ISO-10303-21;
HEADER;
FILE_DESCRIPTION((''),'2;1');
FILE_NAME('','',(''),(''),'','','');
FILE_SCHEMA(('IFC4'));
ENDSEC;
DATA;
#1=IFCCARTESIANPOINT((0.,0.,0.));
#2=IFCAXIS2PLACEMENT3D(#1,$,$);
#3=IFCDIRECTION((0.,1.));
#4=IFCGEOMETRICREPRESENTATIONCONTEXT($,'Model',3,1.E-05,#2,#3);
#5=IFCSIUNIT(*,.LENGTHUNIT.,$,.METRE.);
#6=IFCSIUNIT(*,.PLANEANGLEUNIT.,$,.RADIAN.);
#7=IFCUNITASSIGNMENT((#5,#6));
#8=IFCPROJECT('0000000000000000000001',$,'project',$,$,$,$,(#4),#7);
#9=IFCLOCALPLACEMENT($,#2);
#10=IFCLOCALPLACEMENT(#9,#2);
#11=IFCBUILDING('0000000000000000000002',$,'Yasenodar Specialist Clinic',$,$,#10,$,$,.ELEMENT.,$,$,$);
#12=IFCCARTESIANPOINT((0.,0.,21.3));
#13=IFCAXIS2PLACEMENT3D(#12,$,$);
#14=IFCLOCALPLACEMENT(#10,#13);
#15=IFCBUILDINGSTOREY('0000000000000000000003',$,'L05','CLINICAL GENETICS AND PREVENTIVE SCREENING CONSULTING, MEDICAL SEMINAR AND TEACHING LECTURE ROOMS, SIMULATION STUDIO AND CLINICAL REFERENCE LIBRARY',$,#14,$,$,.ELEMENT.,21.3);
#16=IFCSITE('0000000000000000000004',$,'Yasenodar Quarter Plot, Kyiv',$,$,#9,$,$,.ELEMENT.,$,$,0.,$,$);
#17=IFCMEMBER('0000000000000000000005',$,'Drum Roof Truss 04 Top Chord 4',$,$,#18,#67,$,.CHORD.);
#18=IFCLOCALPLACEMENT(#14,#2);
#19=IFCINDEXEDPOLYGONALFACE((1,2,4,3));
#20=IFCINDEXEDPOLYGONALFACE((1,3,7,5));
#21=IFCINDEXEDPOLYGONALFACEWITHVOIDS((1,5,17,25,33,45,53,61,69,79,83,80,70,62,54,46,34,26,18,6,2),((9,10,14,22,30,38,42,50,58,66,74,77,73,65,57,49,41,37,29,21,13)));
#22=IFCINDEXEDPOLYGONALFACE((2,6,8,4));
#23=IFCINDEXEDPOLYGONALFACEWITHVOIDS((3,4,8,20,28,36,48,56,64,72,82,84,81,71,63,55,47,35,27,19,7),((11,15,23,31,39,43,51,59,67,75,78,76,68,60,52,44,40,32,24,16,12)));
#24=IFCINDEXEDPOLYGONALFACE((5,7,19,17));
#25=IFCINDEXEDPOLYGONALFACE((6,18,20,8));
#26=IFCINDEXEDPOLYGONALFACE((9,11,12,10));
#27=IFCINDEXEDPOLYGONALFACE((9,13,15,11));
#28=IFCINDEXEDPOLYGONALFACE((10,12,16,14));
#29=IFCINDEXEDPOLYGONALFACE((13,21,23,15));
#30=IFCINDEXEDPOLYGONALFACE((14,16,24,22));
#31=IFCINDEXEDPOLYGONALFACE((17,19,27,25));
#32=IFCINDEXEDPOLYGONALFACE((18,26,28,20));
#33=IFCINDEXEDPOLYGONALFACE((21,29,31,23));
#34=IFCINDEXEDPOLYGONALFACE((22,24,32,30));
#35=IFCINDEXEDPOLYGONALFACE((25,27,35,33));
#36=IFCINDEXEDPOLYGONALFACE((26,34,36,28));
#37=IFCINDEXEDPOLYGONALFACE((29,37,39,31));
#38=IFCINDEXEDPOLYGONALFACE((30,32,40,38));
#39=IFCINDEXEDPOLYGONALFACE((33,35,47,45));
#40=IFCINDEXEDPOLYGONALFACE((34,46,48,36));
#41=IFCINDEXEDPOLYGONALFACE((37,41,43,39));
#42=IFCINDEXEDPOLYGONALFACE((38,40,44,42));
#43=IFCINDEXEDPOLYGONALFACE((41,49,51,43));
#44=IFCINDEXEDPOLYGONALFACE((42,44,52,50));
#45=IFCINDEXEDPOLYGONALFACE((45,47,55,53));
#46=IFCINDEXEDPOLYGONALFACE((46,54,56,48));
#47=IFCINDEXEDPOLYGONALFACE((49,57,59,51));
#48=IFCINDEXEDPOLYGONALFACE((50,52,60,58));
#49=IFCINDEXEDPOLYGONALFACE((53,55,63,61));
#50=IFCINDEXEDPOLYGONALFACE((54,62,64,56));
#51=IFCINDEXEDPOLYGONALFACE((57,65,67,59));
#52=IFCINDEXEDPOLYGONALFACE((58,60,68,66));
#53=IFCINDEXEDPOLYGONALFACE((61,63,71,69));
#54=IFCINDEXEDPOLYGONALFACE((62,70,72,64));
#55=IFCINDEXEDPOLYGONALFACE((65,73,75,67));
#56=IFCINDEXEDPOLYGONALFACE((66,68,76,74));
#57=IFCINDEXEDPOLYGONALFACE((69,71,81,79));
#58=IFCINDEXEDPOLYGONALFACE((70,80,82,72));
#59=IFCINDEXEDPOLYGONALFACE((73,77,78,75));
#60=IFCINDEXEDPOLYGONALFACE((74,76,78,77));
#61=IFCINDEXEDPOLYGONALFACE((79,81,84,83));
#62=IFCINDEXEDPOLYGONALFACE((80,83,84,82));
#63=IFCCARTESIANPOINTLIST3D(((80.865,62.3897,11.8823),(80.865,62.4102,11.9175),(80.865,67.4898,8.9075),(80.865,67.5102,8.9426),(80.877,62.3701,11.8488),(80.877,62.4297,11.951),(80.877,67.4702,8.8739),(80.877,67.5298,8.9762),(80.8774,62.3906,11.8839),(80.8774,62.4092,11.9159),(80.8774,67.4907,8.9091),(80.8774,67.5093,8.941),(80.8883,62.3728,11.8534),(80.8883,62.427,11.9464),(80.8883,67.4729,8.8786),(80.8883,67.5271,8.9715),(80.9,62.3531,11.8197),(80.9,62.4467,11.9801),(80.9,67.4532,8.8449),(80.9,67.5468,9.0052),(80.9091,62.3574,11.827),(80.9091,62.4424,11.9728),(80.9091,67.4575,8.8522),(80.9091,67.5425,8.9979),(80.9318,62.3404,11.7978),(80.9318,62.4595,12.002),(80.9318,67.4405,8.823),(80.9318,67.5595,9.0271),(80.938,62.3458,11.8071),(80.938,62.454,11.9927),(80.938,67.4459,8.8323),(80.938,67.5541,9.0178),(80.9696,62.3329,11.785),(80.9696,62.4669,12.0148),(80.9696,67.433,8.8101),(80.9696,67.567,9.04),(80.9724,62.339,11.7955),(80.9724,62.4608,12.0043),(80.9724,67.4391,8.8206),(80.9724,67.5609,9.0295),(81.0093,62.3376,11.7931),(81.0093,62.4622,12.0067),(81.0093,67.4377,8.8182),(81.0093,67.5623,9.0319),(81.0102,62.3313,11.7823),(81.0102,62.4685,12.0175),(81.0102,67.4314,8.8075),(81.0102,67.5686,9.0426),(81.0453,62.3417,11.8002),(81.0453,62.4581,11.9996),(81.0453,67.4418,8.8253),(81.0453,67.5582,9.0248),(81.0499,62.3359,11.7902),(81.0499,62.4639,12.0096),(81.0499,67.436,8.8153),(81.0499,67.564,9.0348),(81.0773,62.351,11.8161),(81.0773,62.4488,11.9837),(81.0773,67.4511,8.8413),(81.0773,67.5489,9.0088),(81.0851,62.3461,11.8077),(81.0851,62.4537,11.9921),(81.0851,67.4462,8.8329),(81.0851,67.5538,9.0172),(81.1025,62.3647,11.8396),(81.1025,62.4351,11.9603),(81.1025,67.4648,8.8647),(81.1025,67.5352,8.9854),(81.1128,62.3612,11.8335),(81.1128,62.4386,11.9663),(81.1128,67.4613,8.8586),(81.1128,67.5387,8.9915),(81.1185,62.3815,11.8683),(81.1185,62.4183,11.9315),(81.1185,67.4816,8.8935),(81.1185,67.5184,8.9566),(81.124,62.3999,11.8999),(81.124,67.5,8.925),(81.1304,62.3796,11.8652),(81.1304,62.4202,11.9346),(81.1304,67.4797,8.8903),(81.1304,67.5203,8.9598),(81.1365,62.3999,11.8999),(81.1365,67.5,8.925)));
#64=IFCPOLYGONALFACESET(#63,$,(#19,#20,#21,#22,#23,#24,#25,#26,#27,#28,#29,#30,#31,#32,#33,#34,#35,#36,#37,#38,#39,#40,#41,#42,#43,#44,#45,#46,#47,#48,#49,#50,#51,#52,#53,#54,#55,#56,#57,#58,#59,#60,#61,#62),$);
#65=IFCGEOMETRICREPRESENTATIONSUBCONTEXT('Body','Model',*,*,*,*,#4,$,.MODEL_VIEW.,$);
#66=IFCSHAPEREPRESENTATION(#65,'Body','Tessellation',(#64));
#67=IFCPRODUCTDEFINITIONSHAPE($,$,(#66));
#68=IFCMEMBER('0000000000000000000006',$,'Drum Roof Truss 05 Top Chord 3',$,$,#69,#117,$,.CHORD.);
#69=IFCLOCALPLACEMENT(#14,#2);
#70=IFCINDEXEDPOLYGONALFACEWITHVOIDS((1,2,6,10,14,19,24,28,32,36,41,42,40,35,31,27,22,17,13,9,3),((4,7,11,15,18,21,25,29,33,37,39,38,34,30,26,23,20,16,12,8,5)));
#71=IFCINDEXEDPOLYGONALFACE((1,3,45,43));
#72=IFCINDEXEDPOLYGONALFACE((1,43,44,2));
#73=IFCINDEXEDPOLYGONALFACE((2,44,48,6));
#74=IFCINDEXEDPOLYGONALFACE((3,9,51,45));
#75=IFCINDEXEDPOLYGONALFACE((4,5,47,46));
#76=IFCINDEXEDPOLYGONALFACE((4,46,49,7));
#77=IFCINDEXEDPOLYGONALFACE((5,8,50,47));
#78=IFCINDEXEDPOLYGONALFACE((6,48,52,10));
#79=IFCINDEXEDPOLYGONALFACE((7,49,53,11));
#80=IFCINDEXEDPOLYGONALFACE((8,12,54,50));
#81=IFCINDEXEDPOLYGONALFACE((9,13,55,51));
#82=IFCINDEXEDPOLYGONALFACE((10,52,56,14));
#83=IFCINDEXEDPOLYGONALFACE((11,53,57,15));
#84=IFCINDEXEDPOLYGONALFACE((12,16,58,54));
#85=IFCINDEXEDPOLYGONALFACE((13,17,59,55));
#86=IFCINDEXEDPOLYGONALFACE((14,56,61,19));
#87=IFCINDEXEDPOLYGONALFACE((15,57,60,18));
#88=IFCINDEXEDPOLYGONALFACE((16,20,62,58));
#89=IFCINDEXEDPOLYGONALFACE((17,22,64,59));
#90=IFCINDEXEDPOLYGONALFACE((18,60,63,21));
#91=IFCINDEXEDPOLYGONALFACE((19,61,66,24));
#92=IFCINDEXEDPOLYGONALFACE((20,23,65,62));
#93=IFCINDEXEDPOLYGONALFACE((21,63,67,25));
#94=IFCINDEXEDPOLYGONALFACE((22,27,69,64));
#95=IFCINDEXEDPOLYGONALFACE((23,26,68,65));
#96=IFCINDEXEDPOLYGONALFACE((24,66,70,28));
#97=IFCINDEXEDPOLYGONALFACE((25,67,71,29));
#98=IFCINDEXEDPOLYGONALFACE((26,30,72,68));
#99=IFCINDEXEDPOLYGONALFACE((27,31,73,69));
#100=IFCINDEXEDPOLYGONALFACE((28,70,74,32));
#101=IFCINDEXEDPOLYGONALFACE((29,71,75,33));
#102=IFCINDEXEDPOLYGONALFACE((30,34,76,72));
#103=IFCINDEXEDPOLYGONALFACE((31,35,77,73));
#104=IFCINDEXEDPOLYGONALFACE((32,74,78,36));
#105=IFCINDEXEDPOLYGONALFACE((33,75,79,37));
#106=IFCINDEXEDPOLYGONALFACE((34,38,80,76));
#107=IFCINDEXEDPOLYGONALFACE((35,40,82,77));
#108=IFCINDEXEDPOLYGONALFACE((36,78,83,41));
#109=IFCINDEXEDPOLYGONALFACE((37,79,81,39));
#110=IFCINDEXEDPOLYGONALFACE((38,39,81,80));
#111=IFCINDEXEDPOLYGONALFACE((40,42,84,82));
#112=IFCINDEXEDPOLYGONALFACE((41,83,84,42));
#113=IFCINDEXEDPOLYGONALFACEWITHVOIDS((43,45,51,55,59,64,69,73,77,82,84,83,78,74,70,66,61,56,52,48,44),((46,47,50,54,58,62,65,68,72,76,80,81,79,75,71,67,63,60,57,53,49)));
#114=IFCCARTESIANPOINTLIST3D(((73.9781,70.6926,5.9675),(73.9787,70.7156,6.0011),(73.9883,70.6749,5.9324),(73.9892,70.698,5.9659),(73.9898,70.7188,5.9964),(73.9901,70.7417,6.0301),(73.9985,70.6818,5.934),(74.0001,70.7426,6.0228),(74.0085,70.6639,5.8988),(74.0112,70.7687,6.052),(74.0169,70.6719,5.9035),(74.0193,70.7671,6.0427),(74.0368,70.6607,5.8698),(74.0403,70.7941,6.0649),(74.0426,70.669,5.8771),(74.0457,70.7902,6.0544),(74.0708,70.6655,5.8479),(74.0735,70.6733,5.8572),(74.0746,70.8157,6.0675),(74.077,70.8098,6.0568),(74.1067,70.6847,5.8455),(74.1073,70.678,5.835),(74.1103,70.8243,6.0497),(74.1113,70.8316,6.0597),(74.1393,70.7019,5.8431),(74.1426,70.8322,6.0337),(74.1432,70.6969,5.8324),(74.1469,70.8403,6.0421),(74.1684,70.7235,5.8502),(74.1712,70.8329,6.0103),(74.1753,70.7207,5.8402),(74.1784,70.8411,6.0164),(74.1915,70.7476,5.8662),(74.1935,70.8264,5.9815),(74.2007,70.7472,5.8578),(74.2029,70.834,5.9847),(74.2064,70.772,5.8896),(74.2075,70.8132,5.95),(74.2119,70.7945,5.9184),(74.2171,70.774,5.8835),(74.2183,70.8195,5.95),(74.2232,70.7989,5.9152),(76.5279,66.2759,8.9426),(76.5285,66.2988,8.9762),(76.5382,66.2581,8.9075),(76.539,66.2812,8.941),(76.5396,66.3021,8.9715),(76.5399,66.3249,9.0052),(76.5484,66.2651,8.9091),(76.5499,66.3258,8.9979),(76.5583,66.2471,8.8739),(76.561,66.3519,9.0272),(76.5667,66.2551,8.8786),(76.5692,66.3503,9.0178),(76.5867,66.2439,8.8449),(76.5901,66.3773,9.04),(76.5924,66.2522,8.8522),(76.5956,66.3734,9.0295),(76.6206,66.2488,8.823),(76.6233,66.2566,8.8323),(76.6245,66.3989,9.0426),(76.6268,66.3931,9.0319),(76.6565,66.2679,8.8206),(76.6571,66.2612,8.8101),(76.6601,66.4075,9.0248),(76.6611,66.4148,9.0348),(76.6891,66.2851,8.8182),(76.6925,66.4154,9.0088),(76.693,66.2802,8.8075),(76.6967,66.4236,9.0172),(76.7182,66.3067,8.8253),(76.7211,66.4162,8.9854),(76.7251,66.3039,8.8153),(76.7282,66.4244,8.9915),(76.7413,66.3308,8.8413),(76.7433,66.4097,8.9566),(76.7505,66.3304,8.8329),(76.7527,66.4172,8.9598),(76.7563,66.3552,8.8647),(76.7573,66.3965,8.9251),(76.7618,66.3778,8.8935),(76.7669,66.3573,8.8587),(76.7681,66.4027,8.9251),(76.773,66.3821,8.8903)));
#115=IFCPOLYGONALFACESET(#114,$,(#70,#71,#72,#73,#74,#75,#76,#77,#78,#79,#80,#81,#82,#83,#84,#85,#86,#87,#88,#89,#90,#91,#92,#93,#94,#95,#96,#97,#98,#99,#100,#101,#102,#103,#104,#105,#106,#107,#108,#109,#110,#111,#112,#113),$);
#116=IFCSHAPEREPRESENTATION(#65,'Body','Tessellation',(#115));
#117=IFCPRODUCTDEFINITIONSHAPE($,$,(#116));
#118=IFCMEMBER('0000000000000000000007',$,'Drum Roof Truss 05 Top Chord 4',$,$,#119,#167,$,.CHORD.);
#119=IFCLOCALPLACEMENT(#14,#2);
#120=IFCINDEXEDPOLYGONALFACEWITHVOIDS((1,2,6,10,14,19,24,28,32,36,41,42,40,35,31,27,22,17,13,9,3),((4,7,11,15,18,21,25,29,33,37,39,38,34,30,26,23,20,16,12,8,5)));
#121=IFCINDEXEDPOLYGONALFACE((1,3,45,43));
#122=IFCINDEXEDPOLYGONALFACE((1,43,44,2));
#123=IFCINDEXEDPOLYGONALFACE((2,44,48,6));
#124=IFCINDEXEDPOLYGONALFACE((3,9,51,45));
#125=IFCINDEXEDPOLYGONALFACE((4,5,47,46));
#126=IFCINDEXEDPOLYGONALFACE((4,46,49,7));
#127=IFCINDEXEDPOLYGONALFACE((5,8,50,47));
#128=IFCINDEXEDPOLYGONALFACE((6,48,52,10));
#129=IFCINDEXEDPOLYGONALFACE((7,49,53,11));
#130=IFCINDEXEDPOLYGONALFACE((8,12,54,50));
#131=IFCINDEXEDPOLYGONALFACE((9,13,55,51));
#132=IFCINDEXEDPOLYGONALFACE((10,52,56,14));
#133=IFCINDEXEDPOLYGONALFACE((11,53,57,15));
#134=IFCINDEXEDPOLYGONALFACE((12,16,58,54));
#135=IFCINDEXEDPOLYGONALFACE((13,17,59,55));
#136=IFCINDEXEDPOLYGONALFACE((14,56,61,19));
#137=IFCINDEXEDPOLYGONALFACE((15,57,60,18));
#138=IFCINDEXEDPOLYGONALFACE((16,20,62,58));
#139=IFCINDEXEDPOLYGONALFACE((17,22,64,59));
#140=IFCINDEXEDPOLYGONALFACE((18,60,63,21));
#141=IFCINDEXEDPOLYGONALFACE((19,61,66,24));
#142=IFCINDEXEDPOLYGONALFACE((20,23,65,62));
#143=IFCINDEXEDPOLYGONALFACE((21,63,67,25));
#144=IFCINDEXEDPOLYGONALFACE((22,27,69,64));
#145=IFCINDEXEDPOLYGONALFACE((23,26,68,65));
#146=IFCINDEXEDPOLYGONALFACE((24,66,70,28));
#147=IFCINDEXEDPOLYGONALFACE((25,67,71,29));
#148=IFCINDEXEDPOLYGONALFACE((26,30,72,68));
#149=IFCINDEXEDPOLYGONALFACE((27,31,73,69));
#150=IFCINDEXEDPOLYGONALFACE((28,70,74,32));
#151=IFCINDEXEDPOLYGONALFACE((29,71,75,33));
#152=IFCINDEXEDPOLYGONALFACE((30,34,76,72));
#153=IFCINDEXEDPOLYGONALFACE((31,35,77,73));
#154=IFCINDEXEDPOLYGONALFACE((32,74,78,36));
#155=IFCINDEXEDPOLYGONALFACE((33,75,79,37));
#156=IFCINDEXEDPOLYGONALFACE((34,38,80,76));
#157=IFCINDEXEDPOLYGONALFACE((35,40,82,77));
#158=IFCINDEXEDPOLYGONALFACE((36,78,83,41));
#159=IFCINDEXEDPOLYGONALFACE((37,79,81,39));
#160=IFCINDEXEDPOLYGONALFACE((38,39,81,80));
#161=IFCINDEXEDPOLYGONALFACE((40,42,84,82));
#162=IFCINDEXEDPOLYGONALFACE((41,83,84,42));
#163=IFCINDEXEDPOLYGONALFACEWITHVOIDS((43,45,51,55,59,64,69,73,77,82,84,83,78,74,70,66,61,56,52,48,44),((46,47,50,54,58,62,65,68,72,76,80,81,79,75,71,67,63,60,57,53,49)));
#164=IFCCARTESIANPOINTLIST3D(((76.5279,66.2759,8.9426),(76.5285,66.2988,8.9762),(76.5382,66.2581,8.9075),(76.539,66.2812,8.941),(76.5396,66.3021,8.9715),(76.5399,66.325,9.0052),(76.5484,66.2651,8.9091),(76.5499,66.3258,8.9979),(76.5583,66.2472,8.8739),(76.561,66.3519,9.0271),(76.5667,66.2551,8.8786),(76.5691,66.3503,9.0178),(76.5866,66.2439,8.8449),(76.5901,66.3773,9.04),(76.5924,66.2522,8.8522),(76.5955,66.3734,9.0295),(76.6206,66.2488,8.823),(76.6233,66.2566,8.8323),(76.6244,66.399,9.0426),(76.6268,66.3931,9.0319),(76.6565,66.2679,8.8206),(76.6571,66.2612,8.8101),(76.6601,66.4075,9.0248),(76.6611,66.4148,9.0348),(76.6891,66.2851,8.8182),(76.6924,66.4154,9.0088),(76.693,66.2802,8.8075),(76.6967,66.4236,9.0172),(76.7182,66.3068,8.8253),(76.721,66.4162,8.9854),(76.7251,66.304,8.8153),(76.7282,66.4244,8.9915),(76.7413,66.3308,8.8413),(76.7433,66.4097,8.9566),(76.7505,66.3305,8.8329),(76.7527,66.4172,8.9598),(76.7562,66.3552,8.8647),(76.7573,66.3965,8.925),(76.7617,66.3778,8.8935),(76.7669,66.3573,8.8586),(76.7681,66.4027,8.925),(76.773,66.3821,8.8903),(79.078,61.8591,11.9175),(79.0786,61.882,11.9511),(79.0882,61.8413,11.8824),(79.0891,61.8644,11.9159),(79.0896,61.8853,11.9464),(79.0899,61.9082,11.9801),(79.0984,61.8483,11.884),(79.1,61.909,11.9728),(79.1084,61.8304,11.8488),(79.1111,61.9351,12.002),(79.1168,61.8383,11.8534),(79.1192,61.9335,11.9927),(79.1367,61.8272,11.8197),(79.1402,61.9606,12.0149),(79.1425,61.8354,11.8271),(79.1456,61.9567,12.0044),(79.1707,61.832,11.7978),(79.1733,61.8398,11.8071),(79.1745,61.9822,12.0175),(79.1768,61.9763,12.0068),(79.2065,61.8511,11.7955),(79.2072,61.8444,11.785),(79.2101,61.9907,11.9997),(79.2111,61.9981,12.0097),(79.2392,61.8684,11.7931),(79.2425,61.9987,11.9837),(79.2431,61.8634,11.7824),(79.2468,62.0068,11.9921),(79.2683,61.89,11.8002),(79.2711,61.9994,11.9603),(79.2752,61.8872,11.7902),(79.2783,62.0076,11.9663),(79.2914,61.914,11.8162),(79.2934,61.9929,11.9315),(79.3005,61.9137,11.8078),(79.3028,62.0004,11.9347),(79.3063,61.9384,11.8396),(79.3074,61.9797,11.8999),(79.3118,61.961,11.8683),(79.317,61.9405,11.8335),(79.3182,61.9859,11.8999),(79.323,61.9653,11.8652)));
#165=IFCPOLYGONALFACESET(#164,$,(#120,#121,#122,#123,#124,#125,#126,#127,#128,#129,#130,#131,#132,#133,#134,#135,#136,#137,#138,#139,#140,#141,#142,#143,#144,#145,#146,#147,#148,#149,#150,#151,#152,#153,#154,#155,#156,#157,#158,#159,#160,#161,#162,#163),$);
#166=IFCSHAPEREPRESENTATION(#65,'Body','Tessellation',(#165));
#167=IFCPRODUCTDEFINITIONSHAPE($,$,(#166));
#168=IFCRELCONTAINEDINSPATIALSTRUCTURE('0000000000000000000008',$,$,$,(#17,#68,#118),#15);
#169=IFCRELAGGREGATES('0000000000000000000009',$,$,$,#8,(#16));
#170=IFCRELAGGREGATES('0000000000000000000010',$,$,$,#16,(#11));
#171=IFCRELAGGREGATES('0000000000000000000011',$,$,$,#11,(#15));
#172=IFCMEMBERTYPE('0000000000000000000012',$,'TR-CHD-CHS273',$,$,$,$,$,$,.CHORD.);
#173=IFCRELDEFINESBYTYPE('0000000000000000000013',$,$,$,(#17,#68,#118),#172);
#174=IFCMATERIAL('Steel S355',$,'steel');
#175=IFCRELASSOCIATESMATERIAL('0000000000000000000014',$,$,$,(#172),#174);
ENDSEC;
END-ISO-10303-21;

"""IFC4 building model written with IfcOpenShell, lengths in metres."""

from ifc_helpers import new_model, si_unit, direction, frame, origin, origin_2d, place, context, subcontext, project, spatial, hollow_circle, extrude, material, material_profile, profile_set, type_object, element, save


model = new_model("IFC4")

# Units and contexts
model_context = context("Model", 3, precision=1e-05, world=origin(), true_north=direction((0.0, 1.0)))
body_context = subcontext(model_context, "Body", "Model", "MODEL_VIEW")
ifc_project = project(units=[si_unit("LENGTHUNIT", "METRE"), si_unit("PLANEANGLEUNIT", "RADIAN")], contexts=[model_context])

# Site, building, storey
site_placement = place(None, origin())
site = spatial("IfcSite", under=ifc_project, at=site_placement, Name="Yasenodar Quarter Plot, Kyiv", CompositionType="ELEMENT", RefElevation=0.0)
building_placement = place(site_placement, origin())
building = spatial("IfcBuilding", under=site, at=building_placement, Name="Yasenodar Specialist Clinic", CompositionType="ELEMENT")
storey_placement = place(building_placement, frame((0.0, 0.0, 21.3)))
storey = spatial("IfcBuildingStorey", under=building, at=storey_placement, Name="L05", Description="CLINICAL GENETICS AND PREVENTIVE SCREENING CONSULTING, MEDICAL SEMINAR AND TEACHING LECTURE ROOMS, SIMULATION STUDIO AND CLINICAL REFERENCE LIBRARY", CompositionType="ELEMENT", Elevation=21.3)

# Shared definitions
ifc_material = material(Name="Steel S355", Category="steel")

# Members
ifc_material_profile_1 = material_profile(ifc_material, hollow_circle(Radius=0.1365, WallThickness=0.0125, at=origin_2d()), Name="CHS 273x12.5")
ifc_profile_set_1 = profile_set([ifc_material_profile_1], Name="Steel S355")
member_type_1 = type_object("IfcMemberType", Name="TR-CHD-CHS273", PredefinedType="CHORD", material=ifc_profile_set_1)
for number, where, z_axis, x_axis, name in (
    (1, (81.0, 67.5, 8.925), (0.0, -0.863794, 0.503845), (1.0, 0.0, 0.0), "Drum Roof Truss 04 Top Chord 4"),
    (2, (74.1001, 70.7512, 5.95), (0.431858, -0.74806, 0.503889), (0.866043, 0.49997, 0.0), "Drum Roof Truss 05 Top Chord 3"),
    (3, (76.6499, 66.3345, 8.925), (0.431901, -0.748063, 0.50385), (0.866022, 0.500006, 0.0), "Drum Roof Truss 05 Top Chord 4"),
):
    element("IfcMember", number, at=place(storey_placement, frame(where, z_axis=z_axis, x_axis=x_axis)), inside=storey, type_object=member_type_1, Name=name, PredefinedType="CHORD", context=body_context, shape_type="SweptSolid", body=[
        extrude(hollow_circle(Radius=0.1365, WallThickness=0.0125, at=origin_2d()), origin(), (0.0, 0.0, 1.0), 5.9043),
    ])

save(model, "model.ifc")
